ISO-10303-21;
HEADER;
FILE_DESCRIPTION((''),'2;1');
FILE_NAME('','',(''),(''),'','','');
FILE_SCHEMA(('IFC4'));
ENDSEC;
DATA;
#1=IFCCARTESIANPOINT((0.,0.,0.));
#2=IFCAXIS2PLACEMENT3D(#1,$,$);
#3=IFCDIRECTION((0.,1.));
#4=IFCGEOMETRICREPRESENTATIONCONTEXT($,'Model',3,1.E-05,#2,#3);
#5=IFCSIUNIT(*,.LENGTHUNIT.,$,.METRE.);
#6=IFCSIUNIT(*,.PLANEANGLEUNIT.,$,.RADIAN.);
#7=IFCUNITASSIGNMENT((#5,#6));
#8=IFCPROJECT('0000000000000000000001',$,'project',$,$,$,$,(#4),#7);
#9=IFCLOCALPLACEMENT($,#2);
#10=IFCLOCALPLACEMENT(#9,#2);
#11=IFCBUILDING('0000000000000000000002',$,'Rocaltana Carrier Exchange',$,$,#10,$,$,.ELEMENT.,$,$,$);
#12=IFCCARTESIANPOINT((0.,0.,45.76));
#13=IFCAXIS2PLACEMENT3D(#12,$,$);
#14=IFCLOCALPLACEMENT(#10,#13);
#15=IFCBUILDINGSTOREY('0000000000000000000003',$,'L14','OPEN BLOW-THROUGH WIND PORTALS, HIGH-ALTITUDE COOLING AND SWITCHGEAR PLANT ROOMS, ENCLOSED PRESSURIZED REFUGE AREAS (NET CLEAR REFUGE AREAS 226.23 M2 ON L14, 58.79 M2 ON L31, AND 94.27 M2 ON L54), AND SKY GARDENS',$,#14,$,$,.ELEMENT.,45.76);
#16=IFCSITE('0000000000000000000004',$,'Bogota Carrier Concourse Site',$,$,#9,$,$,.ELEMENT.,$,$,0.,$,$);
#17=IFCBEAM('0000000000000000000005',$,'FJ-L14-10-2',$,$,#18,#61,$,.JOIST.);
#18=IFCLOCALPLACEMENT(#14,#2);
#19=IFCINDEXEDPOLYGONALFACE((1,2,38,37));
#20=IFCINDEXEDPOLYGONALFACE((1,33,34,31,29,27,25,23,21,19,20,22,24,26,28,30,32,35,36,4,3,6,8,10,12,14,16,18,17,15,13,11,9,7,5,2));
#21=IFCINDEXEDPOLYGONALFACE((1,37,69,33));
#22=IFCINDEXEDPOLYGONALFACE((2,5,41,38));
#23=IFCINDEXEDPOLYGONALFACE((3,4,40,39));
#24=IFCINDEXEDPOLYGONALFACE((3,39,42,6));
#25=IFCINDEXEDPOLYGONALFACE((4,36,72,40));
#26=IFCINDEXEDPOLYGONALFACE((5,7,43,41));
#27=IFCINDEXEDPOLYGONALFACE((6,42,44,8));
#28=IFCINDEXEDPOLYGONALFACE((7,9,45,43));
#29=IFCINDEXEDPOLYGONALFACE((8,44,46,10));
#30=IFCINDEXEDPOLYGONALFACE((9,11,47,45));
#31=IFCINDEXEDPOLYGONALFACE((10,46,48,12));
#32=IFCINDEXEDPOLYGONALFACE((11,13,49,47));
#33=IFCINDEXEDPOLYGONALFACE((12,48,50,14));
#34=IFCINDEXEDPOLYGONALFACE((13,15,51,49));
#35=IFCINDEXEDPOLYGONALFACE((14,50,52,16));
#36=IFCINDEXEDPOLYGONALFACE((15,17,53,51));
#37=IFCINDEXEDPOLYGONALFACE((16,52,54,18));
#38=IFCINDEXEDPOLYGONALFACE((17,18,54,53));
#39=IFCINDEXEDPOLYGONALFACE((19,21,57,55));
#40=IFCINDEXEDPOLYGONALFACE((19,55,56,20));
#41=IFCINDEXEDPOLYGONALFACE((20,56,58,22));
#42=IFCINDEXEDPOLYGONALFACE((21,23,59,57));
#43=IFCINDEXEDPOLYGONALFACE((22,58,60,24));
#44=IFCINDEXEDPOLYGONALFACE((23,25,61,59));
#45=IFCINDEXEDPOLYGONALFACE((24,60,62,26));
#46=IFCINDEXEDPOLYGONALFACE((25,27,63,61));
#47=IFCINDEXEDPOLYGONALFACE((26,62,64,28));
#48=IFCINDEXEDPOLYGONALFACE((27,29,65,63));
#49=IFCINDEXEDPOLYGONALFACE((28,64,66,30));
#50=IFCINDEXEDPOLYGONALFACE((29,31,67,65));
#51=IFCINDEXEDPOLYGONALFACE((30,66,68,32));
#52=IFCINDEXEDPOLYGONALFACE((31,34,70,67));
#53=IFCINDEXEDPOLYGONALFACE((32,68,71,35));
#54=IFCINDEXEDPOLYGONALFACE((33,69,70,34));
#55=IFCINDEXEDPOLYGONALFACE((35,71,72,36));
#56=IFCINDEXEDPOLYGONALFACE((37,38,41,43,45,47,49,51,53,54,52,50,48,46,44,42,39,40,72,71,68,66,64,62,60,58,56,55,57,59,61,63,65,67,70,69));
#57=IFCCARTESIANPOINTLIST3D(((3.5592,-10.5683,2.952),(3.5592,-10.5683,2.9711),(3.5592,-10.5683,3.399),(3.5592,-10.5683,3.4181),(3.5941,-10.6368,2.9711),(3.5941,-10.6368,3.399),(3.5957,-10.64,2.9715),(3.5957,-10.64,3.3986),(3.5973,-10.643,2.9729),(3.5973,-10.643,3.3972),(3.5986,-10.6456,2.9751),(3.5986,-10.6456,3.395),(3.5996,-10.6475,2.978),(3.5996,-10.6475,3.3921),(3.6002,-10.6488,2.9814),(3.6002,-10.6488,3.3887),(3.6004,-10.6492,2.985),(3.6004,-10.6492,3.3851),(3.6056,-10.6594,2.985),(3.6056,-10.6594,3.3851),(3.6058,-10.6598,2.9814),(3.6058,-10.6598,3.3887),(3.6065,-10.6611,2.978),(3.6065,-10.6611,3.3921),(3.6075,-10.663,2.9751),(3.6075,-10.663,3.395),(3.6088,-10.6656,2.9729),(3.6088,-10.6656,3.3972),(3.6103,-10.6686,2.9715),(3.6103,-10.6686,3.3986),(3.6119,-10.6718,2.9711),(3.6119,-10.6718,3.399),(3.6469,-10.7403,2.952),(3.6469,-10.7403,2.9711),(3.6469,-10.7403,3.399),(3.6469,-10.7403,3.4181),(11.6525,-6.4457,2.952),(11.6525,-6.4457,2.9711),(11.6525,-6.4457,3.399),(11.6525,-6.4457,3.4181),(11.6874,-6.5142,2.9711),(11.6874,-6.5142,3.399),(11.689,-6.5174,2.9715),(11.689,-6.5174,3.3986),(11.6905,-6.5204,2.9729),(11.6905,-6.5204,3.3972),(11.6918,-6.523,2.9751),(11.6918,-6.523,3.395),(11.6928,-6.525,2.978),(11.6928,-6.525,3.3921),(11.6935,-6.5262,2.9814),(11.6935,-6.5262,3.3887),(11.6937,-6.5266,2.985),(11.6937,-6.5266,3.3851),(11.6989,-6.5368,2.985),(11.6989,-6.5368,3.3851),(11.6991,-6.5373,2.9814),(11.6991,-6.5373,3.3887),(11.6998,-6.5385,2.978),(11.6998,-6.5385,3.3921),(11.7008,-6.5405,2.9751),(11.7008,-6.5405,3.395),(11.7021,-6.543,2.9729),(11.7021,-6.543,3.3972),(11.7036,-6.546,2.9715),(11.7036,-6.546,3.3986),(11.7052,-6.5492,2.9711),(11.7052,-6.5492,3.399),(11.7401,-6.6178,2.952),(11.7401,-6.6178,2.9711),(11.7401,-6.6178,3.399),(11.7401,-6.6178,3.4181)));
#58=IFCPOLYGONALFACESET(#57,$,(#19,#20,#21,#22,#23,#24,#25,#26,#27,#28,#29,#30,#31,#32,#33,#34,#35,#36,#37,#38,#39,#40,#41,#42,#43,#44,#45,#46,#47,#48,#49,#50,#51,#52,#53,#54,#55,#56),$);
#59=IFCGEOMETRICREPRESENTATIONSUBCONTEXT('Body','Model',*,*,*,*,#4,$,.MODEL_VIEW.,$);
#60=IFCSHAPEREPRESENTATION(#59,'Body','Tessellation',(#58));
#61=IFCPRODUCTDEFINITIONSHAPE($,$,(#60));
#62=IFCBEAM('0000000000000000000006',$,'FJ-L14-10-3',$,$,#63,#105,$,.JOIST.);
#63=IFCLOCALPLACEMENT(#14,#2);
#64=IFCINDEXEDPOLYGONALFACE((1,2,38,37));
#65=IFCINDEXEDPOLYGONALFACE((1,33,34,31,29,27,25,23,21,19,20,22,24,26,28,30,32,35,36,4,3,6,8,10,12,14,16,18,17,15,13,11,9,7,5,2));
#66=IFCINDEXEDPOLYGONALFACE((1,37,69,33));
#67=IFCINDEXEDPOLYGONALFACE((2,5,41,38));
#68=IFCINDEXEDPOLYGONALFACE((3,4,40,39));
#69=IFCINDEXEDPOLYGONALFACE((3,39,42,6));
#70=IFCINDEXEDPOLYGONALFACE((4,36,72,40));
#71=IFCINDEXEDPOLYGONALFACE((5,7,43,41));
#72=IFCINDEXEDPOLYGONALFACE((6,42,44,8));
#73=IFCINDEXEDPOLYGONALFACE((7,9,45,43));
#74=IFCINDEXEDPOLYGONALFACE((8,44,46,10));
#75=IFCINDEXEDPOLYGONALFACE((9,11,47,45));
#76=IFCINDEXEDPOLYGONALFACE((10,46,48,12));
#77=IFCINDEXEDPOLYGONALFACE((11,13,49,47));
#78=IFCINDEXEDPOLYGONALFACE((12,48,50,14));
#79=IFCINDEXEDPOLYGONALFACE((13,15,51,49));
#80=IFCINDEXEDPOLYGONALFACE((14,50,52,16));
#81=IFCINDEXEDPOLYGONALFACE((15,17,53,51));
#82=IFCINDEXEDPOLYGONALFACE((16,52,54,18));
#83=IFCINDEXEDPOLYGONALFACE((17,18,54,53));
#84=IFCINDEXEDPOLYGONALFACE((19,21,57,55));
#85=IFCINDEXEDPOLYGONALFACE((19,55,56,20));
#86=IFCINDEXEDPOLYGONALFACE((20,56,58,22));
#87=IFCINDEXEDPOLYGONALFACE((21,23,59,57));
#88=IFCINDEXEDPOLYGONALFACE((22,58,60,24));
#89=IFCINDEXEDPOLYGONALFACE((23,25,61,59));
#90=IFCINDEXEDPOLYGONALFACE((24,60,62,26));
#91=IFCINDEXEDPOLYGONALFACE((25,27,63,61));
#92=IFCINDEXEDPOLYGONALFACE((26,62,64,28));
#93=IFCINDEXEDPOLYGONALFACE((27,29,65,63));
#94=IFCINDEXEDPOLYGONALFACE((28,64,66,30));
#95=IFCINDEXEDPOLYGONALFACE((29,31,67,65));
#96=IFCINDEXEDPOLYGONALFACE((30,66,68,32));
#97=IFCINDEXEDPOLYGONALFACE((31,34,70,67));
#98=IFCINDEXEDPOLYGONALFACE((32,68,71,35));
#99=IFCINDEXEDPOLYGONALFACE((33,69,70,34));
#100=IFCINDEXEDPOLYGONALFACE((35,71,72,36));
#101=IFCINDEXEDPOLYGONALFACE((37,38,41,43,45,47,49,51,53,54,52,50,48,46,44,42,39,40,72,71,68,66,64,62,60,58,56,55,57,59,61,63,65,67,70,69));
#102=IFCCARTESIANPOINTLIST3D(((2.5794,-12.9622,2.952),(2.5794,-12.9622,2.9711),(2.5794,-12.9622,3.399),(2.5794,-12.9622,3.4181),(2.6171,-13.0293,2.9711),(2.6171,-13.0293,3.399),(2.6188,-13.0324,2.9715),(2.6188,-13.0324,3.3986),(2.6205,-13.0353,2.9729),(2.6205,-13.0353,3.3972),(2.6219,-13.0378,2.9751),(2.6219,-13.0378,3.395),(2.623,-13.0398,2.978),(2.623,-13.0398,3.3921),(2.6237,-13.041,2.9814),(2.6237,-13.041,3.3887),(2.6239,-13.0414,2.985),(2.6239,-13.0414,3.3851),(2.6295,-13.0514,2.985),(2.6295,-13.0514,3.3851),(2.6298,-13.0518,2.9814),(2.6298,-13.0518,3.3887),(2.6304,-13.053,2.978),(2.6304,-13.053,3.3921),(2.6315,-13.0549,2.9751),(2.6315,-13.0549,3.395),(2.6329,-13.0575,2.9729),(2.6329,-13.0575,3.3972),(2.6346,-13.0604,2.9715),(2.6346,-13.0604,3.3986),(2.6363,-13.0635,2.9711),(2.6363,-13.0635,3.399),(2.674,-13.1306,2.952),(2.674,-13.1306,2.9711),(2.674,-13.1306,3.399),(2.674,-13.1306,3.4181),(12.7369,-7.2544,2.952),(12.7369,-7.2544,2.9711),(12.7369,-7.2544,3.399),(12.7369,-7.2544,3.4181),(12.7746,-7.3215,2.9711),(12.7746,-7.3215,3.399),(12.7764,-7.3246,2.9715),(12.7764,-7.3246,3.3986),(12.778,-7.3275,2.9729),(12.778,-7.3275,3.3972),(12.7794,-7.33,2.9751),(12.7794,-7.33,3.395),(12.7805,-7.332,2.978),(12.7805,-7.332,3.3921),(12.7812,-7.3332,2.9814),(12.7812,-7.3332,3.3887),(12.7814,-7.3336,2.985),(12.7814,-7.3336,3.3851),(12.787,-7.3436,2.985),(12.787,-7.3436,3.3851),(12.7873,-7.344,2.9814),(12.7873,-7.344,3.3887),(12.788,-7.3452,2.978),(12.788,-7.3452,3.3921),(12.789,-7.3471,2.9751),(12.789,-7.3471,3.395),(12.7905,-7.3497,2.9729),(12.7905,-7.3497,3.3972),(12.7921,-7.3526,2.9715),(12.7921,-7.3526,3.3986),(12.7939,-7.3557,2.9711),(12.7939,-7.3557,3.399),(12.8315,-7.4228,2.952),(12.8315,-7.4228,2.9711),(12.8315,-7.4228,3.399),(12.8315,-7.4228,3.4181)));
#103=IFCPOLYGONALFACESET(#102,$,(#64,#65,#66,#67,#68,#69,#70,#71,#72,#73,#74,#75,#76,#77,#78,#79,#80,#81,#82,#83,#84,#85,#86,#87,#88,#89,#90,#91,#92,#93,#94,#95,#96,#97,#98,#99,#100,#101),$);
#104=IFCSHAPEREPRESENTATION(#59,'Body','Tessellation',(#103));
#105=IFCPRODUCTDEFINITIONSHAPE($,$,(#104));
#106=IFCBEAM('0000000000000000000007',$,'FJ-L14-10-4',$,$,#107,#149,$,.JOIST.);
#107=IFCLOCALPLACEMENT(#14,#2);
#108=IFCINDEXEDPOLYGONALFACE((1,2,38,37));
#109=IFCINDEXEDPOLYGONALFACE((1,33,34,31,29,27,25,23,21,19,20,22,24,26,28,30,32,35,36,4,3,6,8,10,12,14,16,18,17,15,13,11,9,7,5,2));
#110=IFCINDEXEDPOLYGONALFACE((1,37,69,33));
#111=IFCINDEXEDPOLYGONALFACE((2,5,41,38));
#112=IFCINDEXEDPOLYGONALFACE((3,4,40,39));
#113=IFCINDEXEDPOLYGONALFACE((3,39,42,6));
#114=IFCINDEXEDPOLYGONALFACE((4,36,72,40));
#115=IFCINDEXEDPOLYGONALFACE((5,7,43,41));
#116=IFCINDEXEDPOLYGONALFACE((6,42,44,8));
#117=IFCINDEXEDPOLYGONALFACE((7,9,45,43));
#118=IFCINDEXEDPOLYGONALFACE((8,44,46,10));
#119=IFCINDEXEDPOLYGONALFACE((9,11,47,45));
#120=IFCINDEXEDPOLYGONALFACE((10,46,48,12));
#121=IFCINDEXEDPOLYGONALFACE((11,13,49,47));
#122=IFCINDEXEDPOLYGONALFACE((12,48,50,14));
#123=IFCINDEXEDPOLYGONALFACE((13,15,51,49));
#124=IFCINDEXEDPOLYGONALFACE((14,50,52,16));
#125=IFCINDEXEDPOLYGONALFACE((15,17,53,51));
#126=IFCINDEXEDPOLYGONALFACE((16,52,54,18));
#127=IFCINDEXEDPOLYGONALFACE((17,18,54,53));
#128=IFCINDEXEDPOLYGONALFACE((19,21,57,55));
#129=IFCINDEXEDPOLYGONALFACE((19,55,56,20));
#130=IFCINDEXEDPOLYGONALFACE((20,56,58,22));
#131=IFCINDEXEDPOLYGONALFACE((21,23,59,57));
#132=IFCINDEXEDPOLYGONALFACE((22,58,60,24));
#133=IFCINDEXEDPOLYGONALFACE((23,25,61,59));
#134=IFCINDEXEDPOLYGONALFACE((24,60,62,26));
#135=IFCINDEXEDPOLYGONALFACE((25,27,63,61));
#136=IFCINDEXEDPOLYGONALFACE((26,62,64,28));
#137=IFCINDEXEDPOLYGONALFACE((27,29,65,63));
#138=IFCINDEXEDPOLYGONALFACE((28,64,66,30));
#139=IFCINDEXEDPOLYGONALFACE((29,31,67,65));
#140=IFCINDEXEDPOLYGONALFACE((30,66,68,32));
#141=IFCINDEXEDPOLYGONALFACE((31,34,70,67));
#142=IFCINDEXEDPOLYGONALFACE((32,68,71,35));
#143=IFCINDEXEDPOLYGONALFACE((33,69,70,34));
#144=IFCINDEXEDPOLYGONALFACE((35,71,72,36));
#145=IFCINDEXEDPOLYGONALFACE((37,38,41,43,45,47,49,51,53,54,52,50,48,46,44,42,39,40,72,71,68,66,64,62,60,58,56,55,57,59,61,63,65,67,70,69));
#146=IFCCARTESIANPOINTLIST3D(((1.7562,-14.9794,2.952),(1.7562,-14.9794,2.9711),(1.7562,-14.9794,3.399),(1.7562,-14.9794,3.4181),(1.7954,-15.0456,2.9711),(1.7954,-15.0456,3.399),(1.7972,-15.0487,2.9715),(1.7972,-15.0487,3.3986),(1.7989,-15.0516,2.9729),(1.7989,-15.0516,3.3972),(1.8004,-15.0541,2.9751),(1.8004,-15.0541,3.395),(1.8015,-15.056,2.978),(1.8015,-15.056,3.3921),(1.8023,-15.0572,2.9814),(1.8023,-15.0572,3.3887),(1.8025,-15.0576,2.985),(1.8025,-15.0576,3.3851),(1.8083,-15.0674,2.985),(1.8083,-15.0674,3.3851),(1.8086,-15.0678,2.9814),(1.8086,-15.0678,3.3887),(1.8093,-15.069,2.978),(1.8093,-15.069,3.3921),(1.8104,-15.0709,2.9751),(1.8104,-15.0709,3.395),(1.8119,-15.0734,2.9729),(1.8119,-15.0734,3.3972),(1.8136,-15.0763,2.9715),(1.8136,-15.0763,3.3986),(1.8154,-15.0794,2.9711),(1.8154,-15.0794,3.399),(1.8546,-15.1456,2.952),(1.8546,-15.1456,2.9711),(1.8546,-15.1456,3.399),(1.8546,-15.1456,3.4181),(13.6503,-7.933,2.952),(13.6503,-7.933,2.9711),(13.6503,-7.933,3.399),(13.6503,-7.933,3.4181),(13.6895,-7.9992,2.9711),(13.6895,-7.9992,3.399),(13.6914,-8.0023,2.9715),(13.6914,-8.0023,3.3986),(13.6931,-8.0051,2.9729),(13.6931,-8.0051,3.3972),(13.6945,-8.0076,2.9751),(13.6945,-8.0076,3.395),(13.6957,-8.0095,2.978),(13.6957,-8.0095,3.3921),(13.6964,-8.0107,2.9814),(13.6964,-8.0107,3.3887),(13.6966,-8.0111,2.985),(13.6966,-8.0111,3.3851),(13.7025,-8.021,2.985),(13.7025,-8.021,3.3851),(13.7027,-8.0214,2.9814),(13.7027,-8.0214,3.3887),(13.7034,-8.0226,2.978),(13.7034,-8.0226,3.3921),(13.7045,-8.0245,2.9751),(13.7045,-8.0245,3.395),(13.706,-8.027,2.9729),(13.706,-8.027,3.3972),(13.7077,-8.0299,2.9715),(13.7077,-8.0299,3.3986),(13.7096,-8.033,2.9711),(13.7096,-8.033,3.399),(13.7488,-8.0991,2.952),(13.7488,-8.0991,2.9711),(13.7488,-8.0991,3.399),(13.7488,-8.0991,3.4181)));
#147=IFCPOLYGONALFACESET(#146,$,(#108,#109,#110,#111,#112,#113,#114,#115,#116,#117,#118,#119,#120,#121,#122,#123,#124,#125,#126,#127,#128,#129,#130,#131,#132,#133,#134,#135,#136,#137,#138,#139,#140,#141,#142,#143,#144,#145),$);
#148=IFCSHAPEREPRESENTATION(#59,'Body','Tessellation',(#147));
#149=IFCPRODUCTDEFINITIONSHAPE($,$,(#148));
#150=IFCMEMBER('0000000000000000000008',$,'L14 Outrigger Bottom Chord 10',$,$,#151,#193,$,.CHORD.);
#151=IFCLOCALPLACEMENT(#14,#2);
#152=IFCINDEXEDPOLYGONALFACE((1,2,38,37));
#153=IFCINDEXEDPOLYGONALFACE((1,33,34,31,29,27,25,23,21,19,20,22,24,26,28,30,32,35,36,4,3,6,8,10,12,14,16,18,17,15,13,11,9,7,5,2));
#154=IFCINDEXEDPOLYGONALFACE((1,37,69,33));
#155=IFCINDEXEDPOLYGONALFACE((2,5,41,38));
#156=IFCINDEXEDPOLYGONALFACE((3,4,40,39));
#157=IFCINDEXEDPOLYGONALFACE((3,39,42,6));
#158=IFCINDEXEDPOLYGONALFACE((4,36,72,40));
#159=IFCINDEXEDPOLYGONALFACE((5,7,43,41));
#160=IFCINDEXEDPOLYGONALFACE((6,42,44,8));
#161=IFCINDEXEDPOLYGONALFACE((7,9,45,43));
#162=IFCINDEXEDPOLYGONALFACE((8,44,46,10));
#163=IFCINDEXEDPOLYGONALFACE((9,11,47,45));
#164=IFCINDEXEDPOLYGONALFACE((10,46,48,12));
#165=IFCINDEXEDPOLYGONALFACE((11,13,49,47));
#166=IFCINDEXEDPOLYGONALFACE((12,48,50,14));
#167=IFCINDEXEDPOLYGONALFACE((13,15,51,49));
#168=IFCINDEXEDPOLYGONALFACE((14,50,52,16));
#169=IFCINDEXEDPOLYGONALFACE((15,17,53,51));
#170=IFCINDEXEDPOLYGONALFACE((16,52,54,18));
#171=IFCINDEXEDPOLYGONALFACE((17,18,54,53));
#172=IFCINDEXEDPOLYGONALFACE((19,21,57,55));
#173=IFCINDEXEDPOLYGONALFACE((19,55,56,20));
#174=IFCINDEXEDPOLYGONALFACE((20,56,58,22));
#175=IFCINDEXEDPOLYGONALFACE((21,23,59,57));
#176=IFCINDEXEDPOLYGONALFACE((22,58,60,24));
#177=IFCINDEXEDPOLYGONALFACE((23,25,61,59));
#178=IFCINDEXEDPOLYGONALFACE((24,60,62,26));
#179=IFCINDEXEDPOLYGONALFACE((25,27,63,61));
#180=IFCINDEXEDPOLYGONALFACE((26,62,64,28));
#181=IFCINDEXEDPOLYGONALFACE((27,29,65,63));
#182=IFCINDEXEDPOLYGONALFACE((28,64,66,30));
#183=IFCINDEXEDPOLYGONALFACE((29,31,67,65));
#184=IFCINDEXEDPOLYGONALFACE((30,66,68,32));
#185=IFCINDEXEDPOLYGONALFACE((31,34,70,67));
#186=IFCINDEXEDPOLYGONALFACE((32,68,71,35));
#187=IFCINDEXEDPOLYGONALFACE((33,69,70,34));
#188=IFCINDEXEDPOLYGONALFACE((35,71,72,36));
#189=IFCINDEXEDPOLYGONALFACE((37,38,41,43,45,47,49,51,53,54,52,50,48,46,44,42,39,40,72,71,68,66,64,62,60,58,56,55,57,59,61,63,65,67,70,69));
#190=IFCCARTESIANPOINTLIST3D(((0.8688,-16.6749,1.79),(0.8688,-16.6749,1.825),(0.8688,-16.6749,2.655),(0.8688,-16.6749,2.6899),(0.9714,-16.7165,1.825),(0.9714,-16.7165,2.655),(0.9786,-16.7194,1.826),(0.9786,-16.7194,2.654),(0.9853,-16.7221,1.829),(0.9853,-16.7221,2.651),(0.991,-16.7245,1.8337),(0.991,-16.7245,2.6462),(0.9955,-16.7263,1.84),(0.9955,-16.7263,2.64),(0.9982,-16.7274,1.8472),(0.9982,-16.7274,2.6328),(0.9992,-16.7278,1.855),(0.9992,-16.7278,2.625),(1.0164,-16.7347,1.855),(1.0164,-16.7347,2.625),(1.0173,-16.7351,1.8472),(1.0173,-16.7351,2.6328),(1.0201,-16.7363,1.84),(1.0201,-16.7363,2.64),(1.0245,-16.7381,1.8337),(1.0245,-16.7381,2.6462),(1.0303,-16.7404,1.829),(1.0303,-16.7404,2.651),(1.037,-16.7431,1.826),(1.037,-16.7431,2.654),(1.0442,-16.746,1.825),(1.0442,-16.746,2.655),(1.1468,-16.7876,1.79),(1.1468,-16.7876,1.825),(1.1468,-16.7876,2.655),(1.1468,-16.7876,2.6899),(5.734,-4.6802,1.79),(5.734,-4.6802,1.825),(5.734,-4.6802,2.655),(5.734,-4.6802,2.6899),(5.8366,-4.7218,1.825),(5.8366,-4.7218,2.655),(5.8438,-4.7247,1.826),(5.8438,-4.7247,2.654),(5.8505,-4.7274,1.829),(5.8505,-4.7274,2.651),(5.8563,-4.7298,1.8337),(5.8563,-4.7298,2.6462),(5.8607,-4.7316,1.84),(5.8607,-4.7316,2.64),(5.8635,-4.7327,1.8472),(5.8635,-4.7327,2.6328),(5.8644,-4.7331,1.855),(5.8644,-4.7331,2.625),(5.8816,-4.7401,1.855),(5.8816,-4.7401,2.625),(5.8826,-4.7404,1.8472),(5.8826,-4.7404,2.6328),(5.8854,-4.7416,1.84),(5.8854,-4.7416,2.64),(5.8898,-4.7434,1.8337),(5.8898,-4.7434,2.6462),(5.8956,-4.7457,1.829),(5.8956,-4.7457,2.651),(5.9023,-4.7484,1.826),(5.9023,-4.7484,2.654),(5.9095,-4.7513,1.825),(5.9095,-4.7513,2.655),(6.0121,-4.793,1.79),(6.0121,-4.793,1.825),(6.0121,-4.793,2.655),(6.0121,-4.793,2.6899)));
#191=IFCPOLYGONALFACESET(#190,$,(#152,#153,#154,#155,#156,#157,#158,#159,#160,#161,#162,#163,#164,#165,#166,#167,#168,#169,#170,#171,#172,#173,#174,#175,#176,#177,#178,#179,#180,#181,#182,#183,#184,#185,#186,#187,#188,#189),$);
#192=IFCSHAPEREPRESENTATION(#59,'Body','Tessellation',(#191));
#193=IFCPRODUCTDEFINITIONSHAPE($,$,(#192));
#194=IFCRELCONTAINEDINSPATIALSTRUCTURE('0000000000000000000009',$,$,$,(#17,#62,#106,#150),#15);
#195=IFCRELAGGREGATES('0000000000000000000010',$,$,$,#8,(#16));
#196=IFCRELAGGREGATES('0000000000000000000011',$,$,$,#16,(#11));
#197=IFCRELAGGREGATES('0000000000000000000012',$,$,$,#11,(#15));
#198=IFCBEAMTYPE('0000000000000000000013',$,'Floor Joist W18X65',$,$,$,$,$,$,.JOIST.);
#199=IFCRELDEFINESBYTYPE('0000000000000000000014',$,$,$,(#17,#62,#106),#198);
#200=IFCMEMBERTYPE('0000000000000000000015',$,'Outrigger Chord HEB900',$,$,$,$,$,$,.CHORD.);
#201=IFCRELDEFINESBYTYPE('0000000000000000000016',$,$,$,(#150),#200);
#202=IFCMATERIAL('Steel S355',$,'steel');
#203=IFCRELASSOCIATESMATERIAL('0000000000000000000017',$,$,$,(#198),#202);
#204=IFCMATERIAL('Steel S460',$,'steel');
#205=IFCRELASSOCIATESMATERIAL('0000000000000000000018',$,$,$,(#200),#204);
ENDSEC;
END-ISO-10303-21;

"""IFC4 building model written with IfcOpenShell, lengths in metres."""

from ifc_helpers import new_model, si_unit, direction, frame, origin, origin_2d, place, context, subcontext, project, spatial, i_section, extrude, material, material_profile, profile_set, type_object, element, save


model = new_model("IFC4")

# Units and contexts
model_context = context("Model", 3, precision=1e-05, world=origin(), true_north=direction((0.0, 1.0)))
body_context = subcontext(model_context, "Body", "Model", "MODEL_VIEW")
ifc_project = project(units=[si_unit("LENGTHUNIT", "METRE"), si_unit("PLANEANGLEUNIT", "RADIAN")], contexts=[model_context])

# Site, building, storey
site_placement = place(None, origin())
site = spatial("IfcSite", under=ifc_project, at=site_placement, Name="Bogota Carrier Concourse Site", CompositionType="ELEMENT", RefElevation=0.0)
building_placement = place(site_placement, origin())
building = spatial("IfcBuilding", under=site, at=building_placement, Name="Rocaltana Carrier Exchange", CompositionType="ELEMENT")
storey_placement = place(building_placement, frame((0.0, 0.0, 45.76)))
storey = spatial("IfcBuildingStorey", under=building, at=storey_placement, Name="L14", Description="OPEN BLOW-THROUGH WIND PORTALS, HIGH-ALTITUDE COOLING AND SWITCHGEAR PLANT ROOMS, ENCLOSED PRESSURIZED REFUGE AREAS (NET CLEAR REFUGE AREAS 226.23 M2 ON L14, 58.79 M2 ON L31, AND 94.27 M2 ON L54), AND SKY GARDENS", CompositionType="ELEMENT", Elevation=45.76)

# Beams
ifc_material_1 = material(Name="Steel S355", Category="steel")
ifc_material_profile_1 = material_profile(ifc_material_1, i_section(OverallWidth=0.1931, OverallDepth=0.4661, WebThickness=0.0115, FlangeThickness=0.019, FilletRadius=0.0139, at=origin_2d()), Name="W18X65")
ifc_profile_set_1 = profile_set([ifc_material_profile_1], Name="Steel S355")
beam_type_1 = type_object("IfcBeamType", Name="Floor Joist W18X65", PredefinedType="JOIST", material=ifc_profile_set_1)
beam_1_placement = place(storey_placement, frame((3.603, -10.6543, 3.1851), z_axis=(0.891058, 0.453889, 0.0), x_axis=(-0.453889, 0.891058, 0.0)))
element("IfcBeam", 1, at=beam_1_placement, inside=storey, type_object=beam_type_1, Name="FJ-L14-10-2", PredefinedType="JOIST", context=body_context, shape_type="SweptSolid", body=[
    extrude(i_section(OverallWidth=0.1931, OverallDepth=0.4661, WebThickness=0.0115, FlangeThickness=0.019, FilletRadius=0.0139, at=origin_2d()), origin(), (0.0, 0.0, 1.0), 9.0828),
])
beam_2_placement = place(storey_placement, frame((2.6267, -13.0464, 3.1851), z_axis=(0.871789, 0.489882, 0.0), x_axis=(-0.489882, 0.871789, 0.0)))
element("IfcBeam", 2, at=beam_2_placement, inside=storey, type_object=beam_type_1, Name="FJ-L14-10-3", PredefinedType="JOIST", context=body_context, shape_type="SweptSolid", body=[
    extrude(i_section(OverallWidth=0.1931, OverallDepth=0.4661, WebThickness=0.0115, FlangeThickness=0.019, FilletRadius=0.0139, at=origin_2d()), origin(), (0.0, 0.0, 1.0), 11.6514),
])
beam_3_placement = place(storey_placement, frame((1.8054, -15.0625, 3.1851), z_axis=(0.860353, 0.509699, 0.0), x_axis=(-0.509699, 0.860353, 0.0)))
element("IfcBeam", 3, at=beam_3_placement, inside=storey, type_object=beam_type_1, Name="FJ-L14-10-4", PredefinedType="JOIST", context=body_context, shape_type="SweptSolid", body=[
    extrude(i_section(OverallWidth=0.1931, OverallDepth=0.4661, WebThickness=0.0115, FlangeThickness=0.019, FilletRadius=0.0139, at=origin_2d()), origin(), (0.0, 0.0, 1.0), 13.8247),
])

# Member
ifc_material_2 = material(Name="Steel S460", Category="steel")
ifc_material_profile_2 = material_profile(ifc_material_2, i_section(OverallWidth=0.3, OverallDepth=0.8999, WebThickness=0.0186, FlangeThickness=0.0349, FilletRadius=0.03, at=origin_2d()), Name="HEB900")
ifc_profile_set_2 = profile_set([ifc_material_profile_2], Name="Steel S460")
member_type_1 = type_object("IfcMemberType", Name="Outrigger Chord HEB900", PredefinedType="CHORD", material=ifc_profile_set_2)
for number, where, z_axis, x_axis, name in (
    (4, (5.873, -4.7366, 2.24), (-0.375874, -0.926671, 0.0), (0.926671, -0.375874, 0.0), "L14 Outrigger Bottom Chord 10"),
):
    element("IfcMember", number, at=place(storey_placement, frame(where, z_axis=z_axis, x_axis=x_axis)), inside=storey, type_object=member_type_1, Name=name, PredefinedType="CHORD", context=body_context, shape_type="SweptSolid", body=[
        extrude(i_section(OverallWidth=0.3, OverallDepth=0.8999, WebThickness=0.0186, FlangeThickness=0.0349, FilletRadius=0.03, at=origin_2d()), origin(), (0.0, 0.0, 1.0), 12.9438),
    ])

save(model, "model.ifc")
